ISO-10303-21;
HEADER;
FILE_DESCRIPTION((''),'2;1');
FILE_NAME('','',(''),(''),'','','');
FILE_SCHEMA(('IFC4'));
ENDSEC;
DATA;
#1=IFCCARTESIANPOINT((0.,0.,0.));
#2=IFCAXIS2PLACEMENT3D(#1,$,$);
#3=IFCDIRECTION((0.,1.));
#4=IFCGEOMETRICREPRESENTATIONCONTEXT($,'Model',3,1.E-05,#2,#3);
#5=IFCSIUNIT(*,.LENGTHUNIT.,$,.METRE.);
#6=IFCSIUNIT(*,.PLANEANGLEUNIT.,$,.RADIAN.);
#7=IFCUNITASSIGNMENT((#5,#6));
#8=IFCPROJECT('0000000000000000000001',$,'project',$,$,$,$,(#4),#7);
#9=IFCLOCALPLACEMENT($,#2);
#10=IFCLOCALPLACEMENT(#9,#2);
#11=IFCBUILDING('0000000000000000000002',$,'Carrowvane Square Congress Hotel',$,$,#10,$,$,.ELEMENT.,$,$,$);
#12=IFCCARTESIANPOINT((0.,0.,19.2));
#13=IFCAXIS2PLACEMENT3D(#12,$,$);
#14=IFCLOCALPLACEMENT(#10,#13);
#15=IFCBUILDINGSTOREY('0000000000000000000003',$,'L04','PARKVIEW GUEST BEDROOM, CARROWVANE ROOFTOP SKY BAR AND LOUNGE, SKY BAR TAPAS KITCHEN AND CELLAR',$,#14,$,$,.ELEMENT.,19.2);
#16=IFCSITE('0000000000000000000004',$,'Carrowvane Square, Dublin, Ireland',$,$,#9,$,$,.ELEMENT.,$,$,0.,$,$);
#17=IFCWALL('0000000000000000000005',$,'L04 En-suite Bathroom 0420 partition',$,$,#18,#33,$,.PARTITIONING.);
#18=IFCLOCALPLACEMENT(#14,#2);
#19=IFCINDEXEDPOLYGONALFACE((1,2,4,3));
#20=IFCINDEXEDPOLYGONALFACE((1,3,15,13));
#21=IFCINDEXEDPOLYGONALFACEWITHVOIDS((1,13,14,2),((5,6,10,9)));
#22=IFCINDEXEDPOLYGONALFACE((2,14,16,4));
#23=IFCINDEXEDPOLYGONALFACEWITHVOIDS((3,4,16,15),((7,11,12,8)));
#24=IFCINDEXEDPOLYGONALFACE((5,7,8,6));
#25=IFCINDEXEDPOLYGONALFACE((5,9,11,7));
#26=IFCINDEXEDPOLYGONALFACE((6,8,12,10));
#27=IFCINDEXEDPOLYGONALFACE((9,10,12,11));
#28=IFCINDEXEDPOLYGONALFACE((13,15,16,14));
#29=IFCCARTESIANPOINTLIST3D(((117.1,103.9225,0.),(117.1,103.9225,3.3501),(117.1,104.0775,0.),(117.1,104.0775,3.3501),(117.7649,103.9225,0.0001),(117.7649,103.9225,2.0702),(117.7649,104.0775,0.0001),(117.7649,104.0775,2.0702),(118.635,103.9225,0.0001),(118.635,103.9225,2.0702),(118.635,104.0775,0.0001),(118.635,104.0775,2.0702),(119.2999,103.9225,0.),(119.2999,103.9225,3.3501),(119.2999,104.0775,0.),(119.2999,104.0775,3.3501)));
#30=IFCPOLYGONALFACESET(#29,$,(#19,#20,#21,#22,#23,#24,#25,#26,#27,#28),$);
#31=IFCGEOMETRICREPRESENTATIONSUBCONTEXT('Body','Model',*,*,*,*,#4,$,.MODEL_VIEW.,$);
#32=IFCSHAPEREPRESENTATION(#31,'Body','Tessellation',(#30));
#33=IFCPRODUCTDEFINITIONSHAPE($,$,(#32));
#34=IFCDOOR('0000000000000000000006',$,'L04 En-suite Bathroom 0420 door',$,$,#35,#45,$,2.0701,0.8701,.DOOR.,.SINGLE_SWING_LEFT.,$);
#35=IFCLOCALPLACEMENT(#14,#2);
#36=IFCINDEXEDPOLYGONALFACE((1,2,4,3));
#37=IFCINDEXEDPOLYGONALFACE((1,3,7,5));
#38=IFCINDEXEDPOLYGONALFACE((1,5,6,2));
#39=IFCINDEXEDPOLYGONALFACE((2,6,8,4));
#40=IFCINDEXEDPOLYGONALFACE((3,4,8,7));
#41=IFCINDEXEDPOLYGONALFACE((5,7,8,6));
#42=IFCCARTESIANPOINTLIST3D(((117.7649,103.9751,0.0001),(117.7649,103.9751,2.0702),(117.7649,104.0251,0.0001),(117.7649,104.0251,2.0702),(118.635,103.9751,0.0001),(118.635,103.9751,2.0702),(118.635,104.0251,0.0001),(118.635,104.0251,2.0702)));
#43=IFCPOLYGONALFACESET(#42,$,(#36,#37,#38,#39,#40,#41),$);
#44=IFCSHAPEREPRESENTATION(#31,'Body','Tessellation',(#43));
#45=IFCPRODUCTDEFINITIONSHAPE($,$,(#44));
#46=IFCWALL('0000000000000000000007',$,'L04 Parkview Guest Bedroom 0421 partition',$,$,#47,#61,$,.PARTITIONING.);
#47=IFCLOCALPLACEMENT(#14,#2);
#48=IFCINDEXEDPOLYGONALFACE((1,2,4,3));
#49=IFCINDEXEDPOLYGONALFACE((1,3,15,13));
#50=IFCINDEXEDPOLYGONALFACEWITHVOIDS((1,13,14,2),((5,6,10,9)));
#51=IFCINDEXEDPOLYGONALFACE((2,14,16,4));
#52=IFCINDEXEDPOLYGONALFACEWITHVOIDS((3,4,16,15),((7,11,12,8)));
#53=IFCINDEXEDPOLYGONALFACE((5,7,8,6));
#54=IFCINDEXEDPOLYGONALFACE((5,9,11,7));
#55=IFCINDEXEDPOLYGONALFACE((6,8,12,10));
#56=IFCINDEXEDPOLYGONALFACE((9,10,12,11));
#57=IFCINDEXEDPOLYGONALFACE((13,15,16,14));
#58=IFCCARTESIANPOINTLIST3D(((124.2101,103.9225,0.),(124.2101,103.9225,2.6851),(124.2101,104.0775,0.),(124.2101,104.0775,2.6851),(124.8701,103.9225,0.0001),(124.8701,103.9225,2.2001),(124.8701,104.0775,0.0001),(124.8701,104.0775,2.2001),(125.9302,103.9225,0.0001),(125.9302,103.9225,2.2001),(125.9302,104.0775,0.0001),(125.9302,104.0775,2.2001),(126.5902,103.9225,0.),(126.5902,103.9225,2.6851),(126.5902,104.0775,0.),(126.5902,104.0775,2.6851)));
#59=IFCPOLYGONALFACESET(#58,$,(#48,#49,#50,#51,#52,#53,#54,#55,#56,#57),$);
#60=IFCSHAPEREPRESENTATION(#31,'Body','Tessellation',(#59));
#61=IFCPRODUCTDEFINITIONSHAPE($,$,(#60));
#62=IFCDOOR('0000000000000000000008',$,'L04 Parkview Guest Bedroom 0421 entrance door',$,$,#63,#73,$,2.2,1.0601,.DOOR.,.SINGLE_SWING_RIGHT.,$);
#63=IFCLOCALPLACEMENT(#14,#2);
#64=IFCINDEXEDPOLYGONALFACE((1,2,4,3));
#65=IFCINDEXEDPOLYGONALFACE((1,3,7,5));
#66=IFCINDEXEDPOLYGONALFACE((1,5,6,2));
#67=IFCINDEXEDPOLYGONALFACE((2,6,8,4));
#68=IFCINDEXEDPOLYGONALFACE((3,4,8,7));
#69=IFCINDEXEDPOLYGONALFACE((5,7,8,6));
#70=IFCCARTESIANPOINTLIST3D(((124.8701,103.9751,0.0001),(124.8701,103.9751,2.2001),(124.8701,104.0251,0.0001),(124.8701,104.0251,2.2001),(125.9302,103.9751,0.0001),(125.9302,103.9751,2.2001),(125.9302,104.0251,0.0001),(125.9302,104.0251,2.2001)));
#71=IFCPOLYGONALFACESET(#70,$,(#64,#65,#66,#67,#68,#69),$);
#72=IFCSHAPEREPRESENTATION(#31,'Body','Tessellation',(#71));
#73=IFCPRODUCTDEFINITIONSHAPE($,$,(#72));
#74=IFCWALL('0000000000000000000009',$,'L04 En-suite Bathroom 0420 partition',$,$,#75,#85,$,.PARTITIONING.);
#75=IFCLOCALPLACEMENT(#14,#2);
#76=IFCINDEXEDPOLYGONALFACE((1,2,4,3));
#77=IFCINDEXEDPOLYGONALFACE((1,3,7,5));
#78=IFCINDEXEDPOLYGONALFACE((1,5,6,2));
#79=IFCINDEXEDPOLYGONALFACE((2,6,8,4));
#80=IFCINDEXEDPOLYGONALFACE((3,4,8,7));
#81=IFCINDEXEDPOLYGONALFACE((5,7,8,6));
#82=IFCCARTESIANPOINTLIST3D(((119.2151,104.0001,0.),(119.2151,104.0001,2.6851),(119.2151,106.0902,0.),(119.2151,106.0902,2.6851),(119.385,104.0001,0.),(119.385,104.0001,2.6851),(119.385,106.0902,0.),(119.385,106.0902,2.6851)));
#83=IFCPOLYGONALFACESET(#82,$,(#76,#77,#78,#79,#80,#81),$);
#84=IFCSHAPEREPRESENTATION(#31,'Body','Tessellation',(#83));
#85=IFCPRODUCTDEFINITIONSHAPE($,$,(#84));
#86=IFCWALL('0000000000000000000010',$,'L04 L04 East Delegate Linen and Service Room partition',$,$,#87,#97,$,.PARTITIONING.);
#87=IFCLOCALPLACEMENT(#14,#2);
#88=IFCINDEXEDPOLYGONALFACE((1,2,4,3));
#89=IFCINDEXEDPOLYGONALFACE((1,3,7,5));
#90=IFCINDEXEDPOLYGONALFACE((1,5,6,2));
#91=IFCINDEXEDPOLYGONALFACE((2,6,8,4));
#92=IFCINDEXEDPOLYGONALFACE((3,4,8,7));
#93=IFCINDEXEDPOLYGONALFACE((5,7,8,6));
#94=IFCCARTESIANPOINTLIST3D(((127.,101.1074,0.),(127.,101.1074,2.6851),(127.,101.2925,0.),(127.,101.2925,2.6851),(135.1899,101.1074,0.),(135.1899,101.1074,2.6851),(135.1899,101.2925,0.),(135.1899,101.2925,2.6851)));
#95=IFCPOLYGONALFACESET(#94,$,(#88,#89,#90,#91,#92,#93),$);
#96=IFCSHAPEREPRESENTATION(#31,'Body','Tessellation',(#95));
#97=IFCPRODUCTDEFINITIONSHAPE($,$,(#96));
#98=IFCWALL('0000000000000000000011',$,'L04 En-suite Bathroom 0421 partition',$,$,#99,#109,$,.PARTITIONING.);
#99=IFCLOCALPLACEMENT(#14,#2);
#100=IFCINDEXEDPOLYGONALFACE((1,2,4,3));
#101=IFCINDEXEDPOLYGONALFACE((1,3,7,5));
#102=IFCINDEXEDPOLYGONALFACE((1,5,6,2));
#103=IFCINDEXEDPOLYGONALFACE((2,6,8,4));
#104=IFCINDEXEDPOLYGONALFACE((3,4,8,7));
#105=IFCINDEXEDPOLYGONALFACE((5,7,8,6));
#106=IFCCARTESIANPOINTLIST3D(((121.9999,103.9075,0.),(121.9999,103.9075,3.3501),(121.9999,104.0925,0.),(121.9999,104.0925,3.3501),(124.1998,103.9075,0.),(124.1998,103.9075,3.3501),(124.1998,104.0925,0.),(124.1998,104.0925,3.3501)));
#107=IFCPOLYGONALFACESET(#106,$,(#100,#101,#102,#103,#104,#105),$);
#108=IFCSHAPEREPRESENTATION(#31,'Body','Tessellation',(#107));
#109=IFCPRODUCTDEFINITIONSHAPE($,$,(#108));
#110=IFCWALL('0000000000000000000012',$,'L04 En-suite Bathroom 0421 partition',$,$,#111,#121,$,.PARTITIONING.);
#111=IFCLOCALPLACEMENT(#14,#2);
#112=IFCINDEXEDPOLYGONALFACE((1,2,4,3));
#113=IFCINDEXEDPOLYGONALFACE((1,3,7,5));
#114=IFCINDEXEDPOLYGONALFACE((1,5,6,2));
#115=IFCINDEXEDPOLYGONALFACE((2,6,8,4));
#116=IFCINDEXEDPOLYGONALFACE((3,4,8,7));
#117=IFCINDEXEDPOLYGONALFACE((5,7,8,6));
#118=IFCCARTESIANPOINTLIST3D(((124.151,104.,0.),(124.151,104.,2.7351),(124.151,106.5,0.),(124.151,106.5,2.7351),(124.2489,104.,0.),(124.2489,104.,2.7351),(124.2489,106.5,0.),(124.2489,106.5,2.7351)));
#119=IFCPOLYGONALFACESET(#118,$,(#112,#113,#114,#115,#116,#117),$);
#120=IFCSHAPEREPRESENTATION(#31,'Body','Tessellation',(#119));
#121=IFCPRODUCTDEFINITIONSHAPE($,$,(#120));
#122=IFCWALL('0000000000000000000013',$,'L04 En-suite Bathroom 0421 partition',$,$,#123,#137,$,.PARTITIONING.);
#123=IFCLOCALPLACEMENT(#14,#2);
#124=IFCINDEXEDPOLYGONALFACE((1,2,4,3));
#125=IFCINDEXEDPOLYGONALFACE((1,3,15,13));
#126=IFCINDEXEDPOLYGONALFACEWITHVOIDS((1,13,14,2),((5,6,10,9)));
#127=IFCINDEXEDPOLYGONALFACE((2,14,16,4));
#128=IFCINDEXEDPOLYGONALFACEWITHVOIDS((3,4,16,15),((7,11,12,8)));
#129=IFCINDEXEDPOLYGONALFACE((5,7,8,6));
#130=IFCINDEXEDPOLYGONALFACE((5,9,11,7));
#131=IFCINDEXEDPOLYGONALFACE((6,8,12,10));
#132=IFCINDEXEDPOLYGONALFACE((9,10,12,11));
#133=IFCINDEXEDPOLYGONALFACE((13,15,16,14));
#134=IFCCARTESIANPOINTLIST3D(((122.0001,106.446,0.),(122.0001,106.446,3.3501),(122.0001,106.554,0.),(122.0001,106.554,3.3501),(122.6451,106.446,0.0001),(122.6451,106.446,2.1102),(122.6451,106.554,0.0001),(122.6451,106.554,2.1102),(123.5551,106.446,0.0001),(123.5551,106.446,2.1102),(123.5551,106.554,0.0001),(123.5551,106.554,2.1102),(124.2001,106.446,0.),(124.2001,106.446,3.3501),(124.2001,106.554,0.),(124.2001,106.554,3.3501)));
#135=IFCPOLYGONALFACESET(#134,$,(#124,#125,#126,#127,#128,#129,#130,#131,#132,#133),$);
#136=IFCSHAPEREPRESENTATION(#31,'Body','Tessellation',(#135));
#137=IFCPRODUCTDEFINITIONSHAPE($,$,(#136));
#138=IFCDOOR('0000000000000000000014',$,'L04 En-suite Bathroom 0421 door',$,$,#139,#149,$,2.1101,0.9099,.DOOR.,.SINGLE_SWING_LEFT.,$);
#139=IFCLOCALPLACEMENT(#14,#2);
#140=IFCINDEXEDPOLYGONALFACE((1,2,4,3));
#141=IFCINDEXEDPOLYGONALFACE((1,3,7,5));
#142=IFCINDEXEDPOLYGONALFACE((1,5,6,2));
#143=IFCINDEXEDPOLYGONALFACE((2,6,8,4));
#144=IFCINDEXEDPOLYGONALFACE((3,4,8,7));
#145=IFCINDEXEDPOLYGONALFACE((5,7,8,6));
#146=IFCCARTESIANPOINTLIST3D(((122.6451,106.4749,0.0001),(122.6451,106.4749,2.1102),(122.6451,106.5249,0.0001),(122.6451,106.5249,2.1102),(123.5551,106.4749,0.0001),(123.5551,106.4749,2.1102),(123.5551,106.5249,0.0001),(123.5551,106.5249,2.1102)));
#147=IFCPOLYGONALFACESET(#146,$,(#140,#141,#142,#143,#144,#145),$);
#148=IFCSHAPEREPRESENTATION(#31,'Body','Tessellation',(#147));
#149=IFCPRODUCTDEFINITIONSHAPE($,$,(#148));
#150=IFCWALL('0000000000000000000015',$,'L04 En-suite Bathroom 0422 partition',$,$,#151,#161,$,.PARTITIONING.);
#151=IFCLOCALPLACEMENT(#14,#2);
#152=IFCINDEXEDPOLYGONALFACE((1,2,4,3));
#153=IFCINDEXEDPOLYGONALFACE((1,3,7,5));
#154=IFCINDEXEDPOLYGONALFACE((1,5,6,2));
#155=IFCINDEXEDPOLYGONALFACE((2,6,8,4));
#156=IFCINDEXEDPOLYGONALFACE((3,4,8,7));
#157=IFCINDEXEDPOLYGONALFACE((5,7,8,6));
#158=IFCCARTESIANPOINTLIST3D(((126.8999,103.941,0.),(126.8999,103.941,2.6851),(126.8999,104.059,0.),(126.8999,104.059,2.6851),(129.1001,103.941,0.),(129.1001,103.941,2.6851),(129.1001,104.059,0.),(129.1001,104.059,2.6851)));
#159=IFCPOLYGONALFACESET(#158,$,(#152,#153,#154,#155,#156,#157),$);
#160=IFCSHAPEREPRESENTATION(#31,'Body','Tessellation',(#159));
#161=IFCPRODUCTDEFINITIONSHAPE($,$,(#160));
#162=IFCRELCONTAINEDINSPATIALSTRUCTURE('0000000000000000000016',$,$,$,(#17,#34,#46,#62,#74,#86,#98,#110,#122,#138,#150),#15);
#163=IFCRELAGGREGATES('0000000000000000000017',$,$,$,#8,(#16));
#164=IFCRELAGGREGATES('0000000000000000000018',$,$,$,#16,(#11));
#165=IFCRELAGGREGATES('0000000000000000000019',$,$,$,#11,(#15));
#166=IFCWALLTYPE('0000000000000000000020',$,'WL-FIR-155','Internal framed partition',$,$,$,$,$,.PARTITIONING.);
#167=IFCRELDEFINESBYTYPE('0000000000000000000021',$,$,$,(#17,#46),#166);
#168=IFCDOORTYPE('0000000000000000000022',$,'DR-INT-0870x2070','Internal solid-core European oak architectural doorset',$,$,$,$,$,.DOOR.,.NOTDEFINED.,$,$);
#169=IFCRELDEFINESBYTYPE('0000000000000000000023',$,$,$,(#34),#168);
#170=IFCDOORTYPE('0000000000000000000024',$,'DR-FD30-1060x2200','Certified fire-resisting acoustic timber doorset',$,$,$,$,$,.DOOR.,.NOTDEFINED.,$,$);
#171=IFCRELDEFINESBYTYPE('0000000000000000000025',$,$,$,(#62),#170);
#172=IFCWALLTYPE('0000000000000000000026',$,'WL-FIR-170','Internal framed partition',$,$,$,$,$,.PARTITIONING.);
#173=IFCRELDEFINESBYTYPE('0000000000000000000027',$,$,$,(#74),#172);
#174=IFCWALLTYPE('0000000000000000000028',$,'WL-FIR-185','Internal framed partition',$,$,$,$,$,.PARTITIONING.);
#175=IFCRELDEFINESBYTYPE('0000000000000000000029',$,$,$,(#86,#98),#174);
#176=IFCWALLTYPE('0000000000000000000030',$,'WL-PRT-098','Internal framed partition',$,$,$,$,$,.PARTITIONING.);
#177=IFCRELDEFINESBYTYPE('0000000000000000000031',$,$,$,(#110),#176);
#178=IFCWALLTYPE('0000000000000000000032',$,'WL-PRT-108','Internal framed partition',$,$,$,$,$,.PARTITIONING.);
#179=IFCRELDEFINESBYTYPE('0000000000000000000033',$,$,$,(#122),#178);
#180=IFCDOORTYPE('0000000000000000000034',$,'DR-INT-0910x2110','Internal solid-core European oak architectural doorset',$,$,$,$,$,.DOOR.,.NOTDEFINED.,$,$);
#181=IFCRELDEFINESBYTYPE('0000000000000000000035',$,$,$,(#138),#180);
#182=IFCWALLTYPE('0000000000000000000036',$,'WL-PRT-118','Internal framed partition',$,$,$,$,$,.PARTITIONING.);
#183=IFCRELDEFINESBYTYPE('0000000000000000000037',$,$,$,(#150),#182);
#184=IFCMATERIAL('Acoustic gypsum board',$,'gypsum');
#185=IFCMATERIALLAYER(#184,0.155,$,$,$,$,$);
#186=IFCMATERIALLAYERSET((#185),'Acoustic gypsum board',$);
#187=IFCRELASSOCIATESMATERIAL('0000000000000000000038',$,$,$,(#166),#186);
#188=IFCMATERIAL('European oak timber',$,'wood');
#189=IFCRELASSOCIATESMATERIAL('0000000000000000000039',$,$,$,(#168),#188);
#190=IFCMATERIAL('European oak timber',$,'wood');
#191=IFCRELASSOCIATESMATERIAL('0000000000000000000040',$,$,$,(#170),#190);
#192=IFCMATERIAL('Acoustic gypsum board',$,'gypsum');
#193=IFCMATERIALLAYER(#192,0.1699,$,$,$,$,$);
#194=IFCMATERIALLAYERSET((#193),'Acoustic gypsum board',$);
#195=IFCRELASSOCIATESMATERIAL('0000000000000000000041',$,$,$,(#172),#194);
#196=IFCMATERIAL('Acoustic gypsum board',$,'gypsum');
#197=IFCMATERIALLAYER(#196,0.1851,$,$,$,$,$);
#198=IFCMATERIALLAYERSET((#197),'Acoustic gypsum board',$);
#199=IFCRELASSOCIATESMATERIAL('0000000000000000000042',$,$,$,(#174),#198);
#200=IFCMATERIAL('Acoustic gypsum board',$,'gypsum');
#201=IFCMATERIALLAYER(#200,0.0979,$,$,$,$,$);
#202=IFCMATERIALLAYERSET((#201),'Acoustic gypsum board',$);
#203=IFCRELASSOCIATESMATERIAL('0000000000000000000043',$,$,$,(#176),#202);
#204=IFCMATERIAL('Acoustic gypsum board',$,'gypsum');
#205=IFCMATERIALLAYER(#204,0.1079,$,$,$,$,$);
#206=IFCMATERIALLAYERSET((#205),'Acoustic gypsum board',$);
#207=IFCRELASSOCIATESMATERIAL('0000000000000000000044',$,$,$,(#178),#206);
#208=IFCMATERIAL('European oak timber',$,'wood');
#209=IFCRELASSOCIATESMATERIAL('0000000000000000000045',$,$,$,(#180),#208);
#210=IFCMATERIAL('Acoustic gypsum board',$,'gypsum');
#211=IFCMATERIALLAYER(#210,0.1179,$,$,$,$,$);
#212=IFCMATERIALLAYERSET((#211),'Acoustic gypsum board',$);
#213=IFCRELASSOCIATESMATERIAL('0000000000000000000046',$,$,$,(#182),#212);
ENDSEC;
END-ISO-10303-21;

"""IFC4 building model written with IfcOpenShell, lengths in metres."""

from ifc_helpers import new_model, si_unit, direction, frame, frame_2d, origin, place, context, subcontext, project, spatial, rectangle, extrude, material, layer, layer_set, type_object, element, fill, save


model = new_model("IFC4")

# Units and contexts
model_context = context("Model", 3, precision=1e-05, world=origin(), true_north=direction((0.0, 1.0)))
body_context = subcontext(model_context, "Body", "Model", "MODEL_VIEW")
ifc_project = project(units=[si_unit("LENGTHUNIT", "METRE"), si_unit("PLANEANGLEUNIT", "RADIAN")], contexts=[model_context])

# Site, building, storey
site_placement = place(None, origin())
site = spatial("IfcSite", under=ifc_project, at=site_placement, Name="Carrowvane Square, Dublin, Ireland", CompositionType="ELEMENT", RefElevation=0.0)
building_placement = place(site_placement, origin())
building = spatial("IfcBuilding", under=site, at=building_placement, Name="Carrowvane Square Congress Hotel", CompositionType="ELEMENT")
storey_placement = place(building_placement, frame((0.0, 0.0, 19.2)))
storey = spatial("IfcBuildingStorey", under=building, at=storey_placement, Name="L04", Description="PARKVIEW GUEST BEDROOM, CARROWVANE ROOFTOP SKY BAR AND LOUNGE, SKY BAR TAPAS KITCHEN AND CELLAR", CompositionType="ELEMENT", Elevation=19.2)

# Walls, openings, doors
ifc_material_1 = material(Name="Acoustic gypsum board", Category="gypsum")
ifc_layer_1 = layer(ifc_material_1, 0.155)
ifc_layer_set_1 = layer_set([ifc_layer_1], Name="Acoustic gypsum board")
wall_type_1 = type_object("IfcWallType", Name="WL-FIR-155", Description="Internal framed partition", PredefinedType="PARTITIONING", material=ifc_layer_set_1)
wall_1_placement = place(storey_placement, frame((119.3, 104.0, 0.0), z_axis=(0.0, 0.0, 1.0), x_axis=(-1.0, 0.0, 0.0)))
wall_1 = element("IfcWall", 1, at=wall_1_placement, inside=storey, type_object=wall_type_1, Name="L04 En-suite Bathroom 0420 partition", PredefinedType="PARTITIONING", context=body_context, shape_type="SweptSolid", body=[
    extrude(rectangle(XDim=2.2, YDim=0.155, at=frame_2d((1.1001, 0.0))), origin(), (0.0, 0.0, 1.0), 3.3501),
])
opening_1_placement = place(wall_1_placement, frame((0.665, 0.0, 0.0)))
opening_1 = element("IfcOpeningElement", 2, at=opening_1_placement, cuts=wall_1, PredefinedType="OPENING", context=body_context, shape_type="SweptSolid", body=[
    extrude(rectangle(XDim=0.8701, YDim=2.0701, at=frame_2d((0.4351, 1.0352))), frame((0.0, 0.0874, 0.0), z_axis=(0.0, -1.0, 0.0), x_axis=(1.0, 0.0, 0.0)), (0.0, 0.0, 1.0), 0.175),
])
ifc_material_2 = material(Name="European oak timber", Category="wood")
door_type_1 = type_object("IfcDoorType", Name="DR-INT-0870x2070", Description="Internal solid-core European oak architectural doorset", OperationType="NOTDEFINED", PredefinedType="DOOR", material=ifc_material_2)
door_1_placement = place(opening_1_placement, origin())
door_1 = element("IfcDoor", 3, at=door_1_placement, inside=storey, type_object=door_type_1, Name="L04 En-suite Bathroom 0420 door", OperationType="SINGLE_SWING_LEFT", OverallHeight=2.0701, OverallWidth=0.8701, PredefinedType="DOOR", context=body_context, shape_type="SweptSolid", body=[
    extrude(rectangle(XDim=0.8701, YDim=2.0701, at=frame_2d((0.4351, 1.0352))), frame((0.0, 0.0249, 0.0), z_axis=(0.0, -1.0, 0.0), x_axis=(1.0, 0.0, 0.0)), (0.0, 0.0, 1.0), 0.05),
])
fill(opening_1, door_1)
wall_2_placement = place(storey_placement, frame((126.5901, 104.0, 0.0), z_axis=(0.0, 0.0, 1.0), x_axis=(-1.0, 0.0, 0.0)))
wall_2 = element("IfcWall", 4, at=wall_2_placement, inside=storey, type_object=wall_type_1, Name="L04 Parkview Guest Bedroom 0421 partition", PredefinedType="PARTITIONING", context=body_context, shape_type="SweptSolid", body=[
    extrude(rectangle(XDim=2.3801, YDim=0.155, at=frame_2d((1.1899, 0.0))), origin(), (0.0, 0.0, 1.0), 2.6851),
])
opening_2_placement = place(wall_2_placement, frame((0.6599, 0.0, 0.0)))
opening_2 = element("IfcOpeningElement", 5, at=opening_2_placement, cuts=wall_2, PredefinedType="OPENING", context=body_context, shape_type="SweptSolid", body=[
    extrude(rectangle(XDim=1.0601, YDim=2.2, at=frame_2d((0.53, 1.1001))), frame((0.0, 0.0874, 0.0), z_axis=(0.0, -1.0, 0.0), x_axis=(1.0, 0.0, 0.0)), (0.0, 0.0, 1.0), 0.175),
])
ifc_material_3 = material(Name="European oak timber", Category="wood")
door_type_2 = type_object("IfcDoorType", Name="DR-FD30-1060x2200", Description="Certified fire-resisting acoustic timber doorset", OperationType="NOTDEFINED", PredefinedType="DOOR", material=ifc_material_3)
door_2_placement = place(opening_2_placement, origin())
door_2 = element("IfcDoor", 6, at=door_2_placement, inside=storey, type_object=door_type_2, Name="L04 Parkview Guest Bedroom 0421 entrance door", OperationType="SINGLE_SWING_RIGHT", OverallHeight=2.2, OverallWidth=1.0601, PredefinedType="DOOR", context=body_context, shape_type="SweptSolid", body=[
    extrude(rectangle(XDim=1.0601, YDim=2.2, at=frame_2d((0.53, 1.1001))), frame((0.0, 0.0249, 0.0), z_axis=(0.0, -1.0, 0.0), x_axis=(1.0, 0.0, 0.0)), (0.0, 0.0, 1.0), 0.05),
])
fill(opening_2, door_2)

# Wall
ifc_material_4 = material(Name="Acoustic gypsum board", Category="gypsum")
ifc_layer_2 = layer(ifc_material_4, 0.1699)
ifc_layer_set_2 = layer_set([ifc_layer_2], Name="Acoustic gypsum board")
wall_type_2 = type_object("IfcWallType", Name="WL-FIR-170", Description="Internal framed partition", PredefinedType="PARTITIONING", material=ifc_layer_set_2)
wall_3_placement = place(storey_placement, frame((119.3, 106.0901, 0.0), z_axis=(0.0, 0.0, 1.0), x_axis=(0.0, -1.0, 0.0)))
element("IfcWall", 7, at=wall_3_placement, inside=storey, type_object=wall_type_2, Name="L04 En-suite Bathroom 0420 partition", PredefinedType="PARTITIONING", context=body_context, shape_type="SweptSolid", body=[
    extrude(rectangle(XDim=2.0901, YDim=0.1699, at=frame_2d((1.0449, 0.0))), origin(), (0.0, 0.0, 1.0), 2.6851),
])

# Walls
ifc_material_5 = material(Name="Acoustic gypsum board", Category="gypsum")
ifc_layer_3 = layer(ifc_material_5, 0.1851)
ifc_layer_set_3 = layer_set([ifc_layer_3], Name="Acoustic gypsum board")
wall_type_3 = type_object("IfcWallType", Name="WL-FIR-185", Description="Internal framed partition", PredefinedType="PARTITIONING", material=ifc_layer_set_3)
wall_4_placement = place(storey_placement, frame((127.0, 101.2, 0.0), z_axis=(0.0, 0.0, 1.0), x_axis=(1.0, 0.0, 0.0)))
element("IfcWall", 8, at=wall_4_placement, inside=storey, type_object=wall_type_3, Name="L04 L04 East Delegate Linen and Service Room partition", PredefinedType="PARTITIONING", context=body_context, shape_type="SweptSolid", body=[
    extrude(rectangle(XDim=8.1899, YDim=0.1851, at=frame_2d((4.095, 0.0))), origin(), (0.0, 0.0, 1.0), 2.6851),
])
wall_5_placement = place(storey_placement, frame((124.2, 104.0, 0.0), z_axis=(0.0, 0.0, 1.0), x_axis=(-1.0, 0.0, 0.0)))
element("IfcWall", 9, at=wall_5_placement, inside=storey, type_object=wall_type_3, Name="L04 En-suite Bathroom 0421 partition", PredefinedType="PARTITIONING", context=body_context, shape_type="SweptSolid", body=[
    extrude(rectangle(XDim=2.2, YDim=0.1851, at=frame_2d((1.1001, 0.0))), origin(), (0.0, 0.0, 1.0), 3.3501),
])
ifc_material_6 = material(Name="Acoustic gypsum board", Category="gypsum")
ifc_layer_4 = layer(ifc_material_6, 0.0979)
ifc_layer_set_4 = layer_set([ifc_layer_4], Name="Acoustic gypsum board")
wall_type_4 = type_object("IfcWallType", Name="WL-PRT-098", Description="Internal framed partition", PredefinedType="PARTITIONING", material=ifc_layer_set_4)
wall_6_placement = place(storey_placement, frame((124.2, 106.5, 0.0), z_axis=(0.0, 0.0, 1.0), x_axis=(0.0, -1.0, 0.0)))
element("IfcWall", 10, at=wall_6_placement, inside=storey, type_object=wall_type_4, Name="L04 En-suite Bathroom 0421 partition", PredefinedType="PARTITIONING", context=body_context, shape_type="SweptSolid", body=[
    extrude(rectangle(XDim=2.5, YDim=0.0979, at=frame_2d((1.25, 0.0))), origin(), (0.0, 0.0, 1.0), 2.7351),
])

# Wall, opening, door
ifc_material_7 = material(Name="Acoustic gypsum board", Category="gypsum")
ifc_layer_5 = layer(ifc_material_7, 0.1079)
ifc_layer_set_5 = layer_set([ifc_layer_5], Name="Acoustic gypsum board")
wall_type_5 = type_object("IfcWallType", Name="WL-PRT-108", Description="Internal framed partition", PredefinedType="PARTITIONING", material=ifc_layer_set_5)
wall_7_placement = place(storey_placement, frame((122.0, 106.5, 0.0), z_axis=(0.0, 0.0, 1.0), x_axis=(1.0, 0.0, 0.0)))
wall_7 = element("IfcWall", 11, at=wall_7_placement, inside=storey, type_object=wall_type_5, Name="L04 En-suite Bathroom 0421 partition", PredefinedType="PARTITIONING", context=body_context, shape_type="SweptSolid", body=[
    extrude(rectangle(XDim=2.2, YDim=0.1079, at=frame_2d((1.1001, 0.0))), origin(), (0.0, 0.0, 1.0), 3.3501),
])
opening_3_placement = place(wall_7_placement, frame((0.645, 0.0, 0.0)))
opening_3 = element("IfcOpeningElement", 12, at=opening_3_placement, cuts=wall_7, PredefinedType="OPENING", context=body_context, shape_type="SweptSolid", body=[
    extrude(rectangle(XDim=0.9099, YDim=2.1101, at=frame_2d((0.4551, 1.0552))), frame((0.0, 0.064, 0.0), z_axis=(0.0, -1.0, 0.0), x_axis=(1.0, 0.0, 0.0)), (0.0, 0.0, 1.0), 0.1279),
])
ifc_material_8 = material(Name="European oak timber", Category="wood")
door_type_3 = type_object("IfcDoorType", Name="DR-INT-0910x2110", Description="Internal solid-core European oak architectural doorset", OperationType="NOTDEFINED", PredefinedType="DOOR", material=ifc_material_8)
door_3_placement = place(opening_3_placement, origin())
door_3 = element("IfcDoor", 13, at=door_3_placement, inside=storey, type_object=door_type_3, Name="L04 En-suite Bathroom 0421 door", OperationType="SINGLE_SWING_LEFT", OverallHeight=2.1101, OverallWidth=0.9099, PredefinedType="DOOR", context=body_context, shape_type="SweptSolid", body=[
    extrude(rectangle(XDim=0.9099, YDim=2.1101, at=frame_2d((0.4551, 1.0552))), frame((0.0, 0.0249, 0.0), z_axis=(0.0, -1.0, 0.0), x_axis=(1.0, 0.0, 0.0)), (0.0, 0.0, 1.0), 0.05),
])
fill(opening_3, door_3)

# Wall
ifc_material_9 = material(Name="Acoustic gypsum board", Category="gypsum")
ifc_layer_6 = layer(ifc_material_9, 0.1179)
ifc_layer_set_6 = layer_set([ifc_layer_6], Name="Acoustic gypsum board")
wall_type_6 = type_object("IfcWallType", Name="WL-PRT-118", Description="Internal framed partition", PredefinedType="PARTITIONING", material=ifc_layer_set_6)
wall_8_placement = place(storey_placement, frame((129.1001, 104.0, 0.0), z_axis=(0.0, 0.0, 1.0), x_axis=(-1.0, 0.0, 0.0)))
element("IfcWall", 14, at=wall_8_placement, inside=storey, type_object=wall_type_6, Name="L04 En-suite Bathroom 0422 partition", PredefinedType="PARTITIONING", context=body_context, shape_type="SweptSolid", body=[
    extrude(rectangle(XDim=2.2002, YDim=0.1179, at=frame_2d((1.1001, 0.0))), origin(), (0.0, 0.0, 1.0), 2.6851),
])

save(model, "model.ifc")
